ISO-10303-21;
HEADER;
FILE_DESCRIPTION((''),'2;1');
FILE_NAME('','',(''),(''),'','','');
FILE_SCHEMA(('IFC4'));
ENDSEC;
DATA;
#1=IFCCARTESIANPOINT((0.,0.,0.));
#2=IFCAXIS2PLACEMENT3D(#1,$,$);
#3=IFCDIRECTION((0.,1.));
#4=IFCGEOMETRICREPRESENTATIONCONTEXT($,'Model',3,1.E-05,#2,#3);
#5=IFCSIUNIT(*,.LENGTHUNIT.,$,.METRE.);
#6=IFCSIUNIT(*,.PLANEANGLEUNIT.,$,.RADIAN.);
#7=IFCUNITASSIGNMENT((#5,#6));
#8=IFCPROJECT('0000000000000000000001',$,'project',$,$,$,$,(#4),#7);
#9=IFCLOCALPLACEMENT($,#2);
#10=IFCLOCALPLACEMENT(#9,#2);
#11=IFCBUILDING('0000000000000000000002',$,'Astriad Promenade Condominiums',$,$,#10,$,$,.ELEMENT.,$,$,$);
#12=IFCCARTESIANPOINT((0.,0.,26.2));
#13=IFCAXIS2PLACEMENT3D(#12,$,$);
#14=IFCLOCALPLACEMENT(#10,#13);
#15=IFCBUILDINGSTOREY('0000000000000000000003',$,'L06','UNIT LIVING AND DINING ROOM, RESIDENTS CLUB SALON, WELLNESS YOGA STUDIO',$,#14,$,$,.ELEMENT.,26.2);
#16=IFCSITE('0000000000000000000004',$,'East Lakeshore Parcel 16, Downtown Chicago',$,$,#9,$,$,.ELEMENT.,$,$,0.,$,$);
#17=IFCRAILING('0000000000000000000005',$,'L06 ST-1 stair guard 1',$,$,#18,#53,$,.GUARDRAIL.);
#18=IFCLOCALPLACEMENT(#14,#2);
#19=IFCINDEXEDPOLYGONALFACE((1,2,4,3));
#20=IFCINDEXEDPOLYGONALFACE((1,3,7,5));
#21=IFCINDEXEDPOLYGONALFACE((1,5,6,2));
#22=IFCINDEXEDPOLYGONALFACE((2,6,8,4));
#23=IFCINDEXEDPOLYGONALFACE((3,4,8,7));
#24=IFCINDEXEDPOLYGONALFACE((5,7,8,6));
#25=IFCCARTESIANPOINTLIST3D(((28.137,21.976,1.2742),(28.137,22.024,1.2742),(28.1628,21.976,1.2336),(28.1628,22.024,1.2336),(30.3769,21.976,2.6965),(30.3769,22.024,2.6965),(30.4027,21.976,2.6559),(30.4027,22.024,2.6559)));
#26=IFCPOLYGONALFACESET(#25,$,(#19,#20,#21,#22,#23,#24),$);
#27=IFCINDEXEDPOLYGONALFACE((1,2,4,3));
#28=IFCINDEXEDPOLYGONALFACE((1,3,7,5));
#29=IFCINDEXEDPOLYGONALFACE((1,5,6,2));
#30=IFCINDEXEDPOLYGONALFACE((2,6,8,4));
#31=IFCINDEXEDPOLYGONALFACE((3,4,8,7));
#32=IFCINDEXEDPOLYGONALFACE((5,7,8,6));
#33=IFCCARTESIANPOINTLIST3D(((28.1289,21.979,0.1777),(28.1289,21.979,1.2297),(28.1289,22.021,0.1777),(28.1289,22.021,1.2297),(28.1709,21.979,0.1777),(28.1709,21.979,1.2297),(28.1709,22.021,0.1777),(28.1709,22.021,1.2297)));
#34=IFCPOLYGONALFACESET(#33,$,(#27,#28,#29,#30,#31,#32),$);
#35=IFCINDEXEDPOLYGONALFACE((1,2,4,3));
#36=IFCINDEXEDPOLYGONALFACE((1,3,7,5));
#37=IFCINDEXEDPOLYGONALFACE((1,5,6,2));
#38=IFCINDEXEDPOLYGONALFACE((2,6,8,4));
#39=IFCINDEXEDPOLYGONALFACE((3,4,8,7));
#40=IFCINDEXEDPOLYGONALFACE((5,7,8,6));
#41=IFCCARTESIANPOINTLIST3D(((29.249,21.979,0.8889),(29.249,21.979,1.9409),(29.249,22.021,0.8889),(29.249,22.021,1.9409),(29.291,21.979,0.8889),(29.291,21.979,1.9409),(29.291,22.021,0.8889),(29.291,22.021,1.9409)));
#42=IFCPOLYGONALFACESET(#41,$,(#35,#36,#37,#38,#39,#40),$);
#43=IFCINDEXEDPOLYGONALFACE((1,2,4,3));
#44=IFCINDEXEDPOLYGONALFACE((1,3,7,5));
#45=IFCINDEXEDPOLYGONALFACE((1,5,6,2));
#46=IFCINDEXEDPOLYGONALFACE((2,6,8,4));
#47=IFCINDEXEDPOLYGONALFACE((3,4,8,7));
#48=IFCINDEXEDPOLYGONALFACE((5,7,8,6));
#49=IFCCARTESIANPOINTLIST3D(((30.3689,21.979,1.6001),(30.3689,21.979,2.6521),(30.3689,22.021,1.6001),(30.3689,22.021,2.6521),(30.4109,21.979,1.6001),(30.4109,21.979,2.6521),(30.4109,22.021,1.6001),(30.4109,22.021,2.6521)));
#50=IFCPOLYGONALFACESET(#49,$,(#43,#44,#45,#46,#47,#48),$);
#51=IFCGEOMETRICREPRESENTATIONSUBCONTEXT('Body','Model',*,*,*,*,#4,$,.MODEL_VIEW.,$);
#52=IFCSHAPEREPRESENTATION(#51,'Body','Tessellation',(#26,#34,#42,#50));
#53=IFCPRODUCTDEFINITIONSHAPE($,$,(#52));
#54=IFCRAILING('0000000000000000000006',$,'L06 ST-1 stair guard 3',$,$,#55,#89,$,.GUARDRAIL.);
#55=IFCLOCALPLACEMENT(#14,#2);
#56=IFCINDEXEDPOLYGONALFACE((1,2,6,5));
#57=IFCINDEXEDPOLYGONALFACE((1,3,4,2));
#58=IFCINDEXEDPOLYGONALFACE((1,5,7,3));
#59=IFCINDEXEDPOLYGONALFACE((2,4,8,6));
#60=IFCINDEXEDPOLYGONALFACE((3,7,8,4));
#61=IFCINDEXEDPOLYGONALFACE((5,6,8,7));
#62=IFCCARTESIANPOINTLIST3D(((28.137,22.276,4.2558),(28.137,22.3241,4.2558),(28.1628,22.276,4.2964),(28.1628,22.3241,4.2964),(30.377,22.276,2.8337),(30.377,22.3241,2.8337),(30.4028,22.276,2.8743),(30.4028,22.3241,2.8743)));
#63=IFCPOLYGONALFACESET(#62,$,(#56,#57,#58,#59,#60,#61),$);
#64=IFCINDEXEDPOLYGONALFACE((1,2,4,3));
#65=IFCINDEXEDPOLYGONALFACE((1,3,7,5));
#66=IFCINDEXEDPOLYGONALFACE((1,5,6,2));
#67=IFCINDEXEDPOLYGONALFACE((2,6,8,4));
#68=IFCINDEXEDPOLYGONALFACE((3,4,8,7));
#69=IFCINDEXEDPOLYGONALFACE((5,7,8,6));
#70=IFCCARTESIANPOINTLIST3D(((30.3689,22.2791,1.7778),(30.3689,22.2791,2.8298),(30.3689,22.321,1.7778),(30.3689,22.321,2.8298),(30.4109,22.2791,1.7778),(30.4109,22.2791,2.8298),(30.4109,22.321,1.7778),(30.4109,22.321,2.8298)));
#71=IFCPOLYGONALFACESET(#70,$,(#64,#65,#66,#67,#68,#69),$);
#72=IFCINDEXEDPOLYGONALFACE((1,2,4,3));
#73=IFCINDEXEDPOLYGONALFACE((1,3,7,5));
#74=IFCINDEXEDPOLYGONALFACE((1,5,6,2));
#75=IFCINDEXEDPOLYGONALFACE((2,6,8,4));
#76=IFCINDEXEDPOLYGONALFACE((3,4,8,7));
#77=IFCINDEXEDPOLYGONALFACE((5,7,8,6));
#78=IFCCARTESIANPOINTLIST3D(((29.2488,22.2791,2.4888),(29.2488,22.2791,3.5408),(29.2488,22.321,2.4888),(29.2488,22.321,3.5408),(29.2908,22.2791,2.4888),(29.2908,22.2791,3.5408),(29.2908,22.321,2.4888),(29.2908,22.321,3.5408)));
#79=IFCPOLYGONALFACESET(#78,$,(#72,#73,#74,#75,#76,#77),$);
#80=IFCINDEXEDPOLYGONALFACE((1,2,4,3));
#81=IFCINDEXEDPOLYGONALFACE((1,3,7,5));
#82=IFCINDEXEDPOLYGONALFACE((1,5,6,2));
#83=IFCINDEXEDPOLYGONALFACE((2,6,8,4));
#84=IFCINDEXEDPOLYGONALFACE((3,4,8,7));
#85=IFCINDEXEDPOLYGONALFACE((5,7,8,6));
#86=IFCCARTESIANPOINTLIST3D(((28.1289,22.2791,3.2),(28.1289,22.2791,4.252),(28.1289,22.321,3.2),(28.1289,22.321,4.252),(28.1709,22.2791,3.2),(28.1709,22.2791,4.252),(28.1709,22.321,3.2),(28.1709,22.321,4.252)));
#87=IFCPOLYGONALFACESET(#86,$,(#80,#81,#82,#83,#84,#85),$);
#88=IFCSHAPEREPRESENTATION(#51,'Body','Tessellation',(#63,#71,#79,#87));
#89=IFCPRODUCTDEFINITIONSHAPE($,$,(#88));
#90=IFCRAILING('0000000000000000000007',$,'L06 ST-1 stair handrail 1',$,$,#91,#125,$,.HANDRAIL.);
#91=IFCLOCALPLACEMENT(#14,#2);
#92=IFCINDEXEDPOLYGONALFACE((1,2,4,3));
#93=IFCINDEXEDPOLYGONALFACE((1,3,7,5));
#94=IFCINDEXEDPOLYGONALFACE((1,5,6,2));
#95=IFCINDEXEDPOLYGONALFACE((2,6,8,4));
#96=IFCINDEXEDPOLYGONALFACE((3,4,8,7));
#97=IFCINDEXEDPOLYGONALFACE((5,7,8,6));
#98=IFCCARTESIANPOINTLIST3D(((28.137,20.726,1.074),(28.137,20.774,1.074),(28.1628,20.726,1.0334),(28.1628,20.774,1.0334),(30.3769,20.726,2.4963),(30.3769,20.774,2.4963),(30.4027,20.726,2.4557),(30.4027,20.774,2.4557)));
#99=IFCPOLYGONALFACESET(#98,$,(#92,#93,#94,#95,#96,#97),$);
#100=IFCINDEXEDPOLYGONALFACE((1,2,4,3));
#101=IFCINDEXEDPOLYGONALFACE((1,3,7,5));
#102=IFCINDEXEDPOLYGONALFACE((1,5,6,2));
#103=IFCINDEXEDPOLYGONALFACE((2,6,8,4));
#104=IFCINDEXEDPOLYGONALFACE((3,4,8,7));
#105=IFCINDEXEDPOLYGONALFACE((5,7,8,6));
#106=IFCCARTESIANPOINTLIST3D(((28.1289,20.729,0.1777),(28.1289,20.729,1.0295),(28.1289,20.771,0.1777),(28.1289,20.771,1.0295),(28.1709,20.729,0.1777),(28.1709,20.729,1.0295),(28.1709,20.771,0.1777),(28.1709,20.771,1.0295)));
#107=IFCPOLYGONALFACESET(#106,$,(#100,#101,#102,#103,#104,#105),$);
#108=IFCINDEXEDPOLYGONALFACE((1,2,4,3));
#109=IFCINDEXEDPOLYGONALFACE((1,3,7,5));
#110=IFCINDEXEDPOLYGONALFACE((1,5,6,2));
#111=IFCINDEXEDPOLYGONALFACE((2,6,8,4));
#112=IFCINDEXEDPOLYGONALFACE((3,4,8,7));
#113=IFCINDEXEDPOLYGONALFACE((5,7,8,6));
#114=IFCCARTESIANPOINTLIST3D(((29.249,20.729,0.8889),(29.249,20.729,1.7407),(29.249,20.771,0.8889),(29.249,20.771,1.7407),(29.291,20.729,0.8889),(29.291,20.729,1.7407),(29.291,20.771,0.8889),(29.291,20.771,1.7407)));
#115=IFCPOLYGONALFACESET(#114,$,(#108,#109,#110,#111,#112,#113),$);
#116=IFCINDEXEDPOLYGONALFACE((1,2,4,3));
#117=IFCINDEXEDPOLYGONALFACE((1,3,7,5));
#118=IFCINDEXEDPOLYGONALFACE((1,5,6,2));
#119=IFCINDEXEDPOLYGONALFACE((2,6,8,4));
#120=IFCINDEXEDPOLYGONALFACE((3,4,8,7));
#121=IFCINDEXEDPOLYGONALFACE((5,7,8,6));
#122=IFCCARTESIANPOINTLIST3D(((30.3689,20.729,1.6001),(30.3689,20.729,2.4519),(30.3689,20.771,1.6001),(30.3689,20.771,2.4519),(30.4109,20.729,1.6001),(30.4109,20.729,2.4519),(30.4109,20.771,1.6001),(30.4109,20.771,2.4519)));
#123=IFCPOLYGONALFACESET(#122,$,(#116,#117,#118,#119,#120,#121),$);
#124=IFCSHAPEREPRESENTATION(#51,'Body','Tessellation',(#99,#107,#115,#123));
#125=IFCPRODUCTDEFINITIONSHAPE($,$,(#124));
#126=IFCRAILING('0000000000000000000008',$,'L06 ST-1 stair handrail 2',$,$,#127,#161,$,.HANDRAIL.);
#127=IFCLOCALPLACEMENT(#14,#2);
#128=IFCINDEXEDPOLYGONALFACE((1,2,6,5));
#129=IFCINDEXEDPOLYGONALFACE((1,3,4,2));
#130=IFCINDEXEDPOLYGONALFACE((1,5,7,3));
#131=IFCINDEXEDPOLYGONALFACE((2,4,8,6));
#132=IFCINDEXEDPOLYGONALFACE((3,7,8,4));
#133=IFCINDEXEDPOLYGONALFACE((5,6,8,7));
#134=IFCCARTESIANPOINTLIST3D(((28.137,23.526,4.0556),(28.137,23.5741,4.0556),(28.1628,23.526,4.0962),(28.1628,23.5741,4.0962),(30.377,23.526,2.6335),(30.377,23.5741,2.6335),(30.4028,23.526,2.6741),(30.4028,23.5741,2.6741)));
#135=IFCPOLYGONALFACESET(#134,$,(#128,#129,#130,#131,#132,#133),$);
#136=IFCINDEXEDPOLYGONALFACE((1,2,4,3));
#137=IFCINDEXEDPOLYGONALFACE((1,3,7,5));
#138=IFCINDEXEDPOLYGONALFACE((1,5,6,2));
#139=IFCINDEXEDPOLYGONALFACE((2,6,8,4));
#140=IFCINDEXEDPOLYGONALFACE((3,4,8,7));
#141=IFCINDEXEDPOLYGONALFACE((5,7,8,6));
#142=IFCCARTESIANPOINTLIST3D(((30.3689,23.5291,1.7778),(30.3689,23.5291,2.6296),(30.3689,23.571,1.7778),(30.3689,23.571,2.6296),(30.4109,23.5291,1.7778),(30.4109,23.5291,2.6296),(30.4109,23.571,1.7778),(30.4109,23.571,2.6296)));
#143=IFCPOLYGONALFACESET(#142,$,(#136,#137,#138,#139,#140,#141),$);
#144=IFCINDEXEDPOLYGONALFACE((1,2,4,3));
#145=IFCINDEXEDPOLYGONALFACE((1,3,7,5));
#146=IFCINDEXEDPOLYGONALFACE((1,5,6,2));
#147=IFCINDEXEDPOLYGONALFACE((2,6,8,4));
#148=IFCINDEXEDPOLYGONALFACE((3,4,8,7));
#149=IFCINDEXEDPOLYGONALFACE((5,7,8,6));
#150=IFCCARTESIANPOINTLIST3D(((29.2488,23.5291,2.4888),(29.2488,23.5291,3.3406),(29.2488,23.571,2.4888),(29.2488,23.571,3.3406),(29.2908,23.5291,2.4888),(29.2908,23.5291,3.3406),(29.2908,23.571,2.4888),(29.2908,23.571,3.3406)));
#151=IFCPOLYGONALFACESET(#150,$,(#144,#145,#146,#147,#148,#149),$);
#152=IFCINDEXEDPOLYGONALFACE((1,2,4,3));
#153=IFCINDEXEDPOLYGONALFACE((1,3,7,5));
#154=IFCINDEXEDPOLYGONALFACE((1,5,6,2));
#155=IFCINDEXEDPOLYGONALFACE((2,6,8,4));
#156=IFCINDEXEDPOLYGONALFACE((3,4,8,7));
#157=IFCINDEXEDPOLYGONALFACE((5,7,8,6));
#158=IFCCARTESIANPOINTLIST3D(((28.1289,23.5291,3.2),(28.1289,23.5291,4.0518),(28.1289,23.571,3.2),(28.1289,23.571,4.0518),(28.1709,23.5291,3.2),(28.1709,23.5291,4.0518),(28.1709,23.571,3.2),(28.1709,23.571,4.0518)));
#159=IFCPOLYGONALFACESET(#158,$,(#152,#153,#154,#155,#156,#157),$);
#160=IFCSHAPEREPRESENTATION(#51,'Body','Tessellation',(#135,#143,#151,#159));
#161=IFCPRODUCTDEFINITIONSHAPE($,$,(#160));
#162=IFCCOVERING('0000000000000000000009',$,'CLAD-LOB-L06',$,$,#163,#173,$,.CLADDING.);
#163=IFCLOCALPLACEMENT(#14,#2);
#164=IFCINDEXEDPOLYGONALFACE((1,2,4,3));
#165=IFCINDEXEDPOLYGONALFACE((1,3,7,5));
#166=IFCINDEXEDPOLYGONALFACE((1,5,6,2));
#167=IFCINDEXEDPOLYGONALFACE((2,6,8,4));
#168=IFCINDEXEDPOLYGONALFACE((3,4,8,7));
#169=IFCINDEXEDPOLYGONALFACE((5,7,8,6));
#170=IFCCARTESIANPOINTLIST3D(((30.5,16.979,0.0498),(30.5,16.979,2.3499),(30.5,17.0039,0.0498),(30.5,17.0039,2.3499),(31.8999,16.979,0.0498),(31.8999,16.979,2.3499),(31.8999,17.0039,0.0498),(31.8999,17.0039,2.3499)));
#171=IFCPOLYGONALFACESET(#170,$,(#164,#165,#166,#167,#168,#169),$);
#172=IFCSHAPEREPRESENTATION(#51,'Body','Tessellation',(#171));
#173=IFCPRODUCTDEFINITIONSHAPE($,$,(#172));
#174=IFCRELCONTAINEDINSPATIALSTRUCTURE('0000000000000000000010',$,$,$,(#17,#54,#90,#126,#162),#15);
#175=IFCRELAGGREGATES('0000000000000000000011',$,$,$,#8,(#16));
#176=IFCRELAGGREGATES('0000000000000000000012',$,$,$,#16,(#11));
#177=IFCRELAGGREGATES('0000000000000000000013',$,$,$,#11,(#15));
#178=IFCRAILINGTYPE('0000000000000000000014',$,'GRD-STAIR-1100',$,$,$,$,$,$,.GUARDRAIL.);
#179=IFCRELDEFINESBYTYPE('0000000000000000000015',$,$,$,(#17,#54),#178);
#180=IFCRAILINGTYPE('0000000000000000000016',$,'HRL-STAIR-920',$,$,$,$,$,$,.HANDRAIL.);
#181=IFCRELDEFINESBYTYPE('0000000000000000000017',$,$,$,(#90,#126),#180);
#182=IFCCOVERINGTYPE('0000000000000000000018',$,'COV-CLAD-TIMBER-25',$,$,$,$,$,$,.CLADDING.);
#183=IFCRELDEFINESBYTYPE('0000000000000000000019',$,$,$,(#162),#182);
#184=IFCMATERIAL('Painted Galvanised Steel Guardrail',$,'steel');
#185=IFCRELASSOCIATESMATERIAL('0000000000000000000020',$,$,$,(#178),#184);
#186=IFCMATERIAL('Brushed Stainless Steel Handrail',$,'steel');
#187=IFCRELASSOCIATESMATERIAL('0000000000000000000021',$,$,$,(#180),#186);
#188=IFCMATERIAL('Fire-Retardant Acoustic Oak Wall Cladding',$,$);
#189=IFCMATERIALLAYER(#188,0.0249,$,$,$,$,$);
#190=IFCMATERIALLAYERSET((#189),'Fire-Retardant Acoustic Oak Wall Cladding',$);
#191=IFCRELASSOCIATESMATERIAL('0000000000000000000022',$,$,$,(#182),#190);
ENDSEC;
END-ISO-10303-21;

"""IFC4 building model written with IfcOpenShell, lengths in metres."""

from ifc_helpers import new_model, si_unit, direction, frame, origin, origin_2d, place, context, subcontext, project, spatial, rectangle, extrude, source, transform, mapped, material, layer, layer_set, type_object, type_shapes, element, save


model = new_model("IFC4")

# Units and contexts
model_context = context("Model", 3, precision=1e-05, world=origin(), true_north=direction((0.0, 1.0)))
body_context = subcontext(model_context, "Body", "Model", "MODEL_VIEW")
ifc_project = project(units=[si_unit("LENGTHUNIT", "METRE"), si_unit("PLANEANGLEUNIT", "RADIAN")], contexts=[model_context])

# Site, building, storey
site_placement = place(None, origin())
site = spatial("IfcSite", under=ifc_project, at=site_placement, Name="East Lakeshore Parcel 16, Downtown Chicago", CompositionType="ELEMENT", RefElevation=0.0)
building_placement = place(site_placement, origin())
building = spatial("IfcBuilding", under=site, at=building_placement, Name="Astriad Promenade Condominiums", CompositionType="ELEMENT")
storey_placement = place(building_placement, frame((0.0, 0.0, 26.2)))
storey = spatial("IfcBuildingStorey", under=building, at=storey_placement, Name="L06", Description="UNIT LIVING AND DINING ROOM, RESIDENTS CLUB SALON, WELLNESS YOGA STUDIO", CompositionType="ELEMENT", Elevation=26.2)

# Railings
ifc_material_1 = material(Name="Painted Galvanised Steel Guardrail", Category="steel")
railing_type_1 = type_object("IfcRailingType", Name="GRD-STAIR-1100", PredefinedType="GUARDRAIL", material=ifc_material_1)
shared_shape_1 = source(origin(), body_context, "Body", "SweptSolid", [
    extrude(rectangle(XDim=0.0481, YDim=0.0481, at=origin_2d()), frame((0.0, 0.0, 1.0762), z_axis=(0.844188, 0.0, 0.536048), x_axis=(0.0, 1.0, 0.0)), (0.0, 0.0, 1.0), 2.6533),
    extrude(rectangle(XDim=0.042, YDim=0.042, at=origin_2d()), origin(), (0.0, 0.0, 1.0), 1.052),
    extrude(rectangle(XDim=0.042, YDim=0.042, at=origin_2d()), frame((1.1201, 0.0, 0.7112)), (0.0, 0.0, 1.0), 1.052),
    extrude(rectangle(XDim=0.042, YDim=0.042, at=origin_2d()), frame((2.24, 0.0, 1.4224)), (0.0, 0.0, 1.0), 1.052),
])
railing_1_placement = place(storey_placement, frame((28.1499, 22.0, 0.1777)))
element("IfcRailing", 1, at=railing_1_placement, inside=storey, type_object=railing_type_1, Name="L06 ST-1 stair guard 1", PredefinedType="GUARDRAIL", context=body_context, shape_type="MappedRepresentation", body=[
    mapped(shared_shape_1, transform((0.0, 0.0, 0.0), scale=1.0)),
])
shared_shape_2 = source(origin(), body_context, "Body", "SweptSolid", [
    extrude(rectangle(XDim=0.0481, YDim=0.0481, at=origin_2d()), frame((0.0, 0.0, 1.0762), z_axis=(-0.844229, 0.0, 0.535982), x_axis=(0.0, -1.0, 0.0)), (0.0, 0.0, 1.0), 2.6533),
    extrude(rectangle(XDim=0.042, YDim=0.042, at=origin_2d()), origin(), (0.0, 0.0, 1.0), 1.052),
    extrude(rectangle(XDim=0.042, YDim=0.042, at=origin_2d()), frame((-1.1201, 0.0, 0.7109)), (0.0, 0.0, 1.0), 1.052),
    extrude(rectangle(XDim=0.042, YDim=0.042, at=origin_2d()), frame((-2.24, 0.0, 1.4221)), (0.0, 0.0, 1.0), 1.052),
])
railing_2_placement = place(storey_placement, frame((30.3899, 22.3, 1.7778)))
element("IfcRailing", 2, at=railing_2_placement, inside=storey, type_object=railing_type_1, Name="L06 ST-1 stair guard 3", PredefinedType="GUARDRAIL", context=body_context, shape_type="MappedRepresentation", body=[
    mapped(shared_shape_2, transform((0.0, 0.0, 0.0), scale=1.0)),
])
ifc_material_2 = material(Name="Brushed Stainless Steel Handrail", Category="steel")
railing_type_2 = type_object("IfcRailingType", Name="HRL-STAIR-920", PredefinedType="HANDRAIL", material=ifc_material_2)
shared_shape_3 = source(origin(), body_context, "Body", "SweptSolid", [
    extrude(rectangle(XDim=0.0481, YDim=0.0481, at=origin_2d()), frame((0.0, 0.0, 0.876), z_axis=(0.844188, 0.0, 0.536048), x_axis=(0.0, 1.0, 0.0)), (0.0, 0.0, 1.0), 2.6533),
    extrude(rectangle(XDim=0.042, YDim=0.042, at=origin_2d()), origin(), (0.0, 0.0, 1.0), 0.8518),
    extrude(rectangle(XDim=0.042, YDim=0.042, at=origin_2d()), frame((1.1201, 0.0, 0.7112)), (0.0, 0.0, 1.0), 0.8518),
    extrude(rectangle(XDim=0.042, YDim=0.042, at=origin_2d()), frame((2.24, 0.0, 1.4224)), (0.0, 0.0, 1.0), 0.8518),
])
railing_3_placement = place(storey_placement, frame((28.1499, 20.75, 0.1777)))
element("IfcRailing", 3, at=railing_3_placement, inside=storey, type_object=railing_type_2, Name="L06 ST-1 stair handrail 1", PredefinedType="HANDRAIL", context=body_context, shape_type="MappedRepresentation", body=[
    mapped(shared_shape_3, transform((0.0, 0.0, 0.0), scale=1.0)),
])
shared_shape_4 = source(origin(), body_context, "Body", "SweptSolid", [
    extrude(rectangle(XDim=0.0481, YDim=0.0481, at=origin_2d()), frame((0.0, 0.0, 0.876), z_axis=(-0.844229, 0.0, 0.535982), x_axis=(0.0, -1.0, 0.0)), (0.0, 0.0, 1.0), 2.6533),
    extrude(rectangle(XDim=0.042, YDim=0.042, at=origin_2d()), origin(), (0.0, 0.0, 1.0), 0.8518),
    extrude(rectangle(XDim=0.042, YDim=0.042, at=origin_2d()), frame((-1.1201, 0.0, 0.7109)), (0.0, 0.0, 1.0), 0.8518),
    extrude(rectangle(XDim=0.042, YDim=0.042, at=origin_2d()), frame((-2.24, 0.0, 1.4221)), (0.0, 0.0, 1.0), 0.8518),
])
type_shapes(railing_type_2, [shared_shape_3, shared_shape_4])
railing_4_placement = place(storey_placement, frame((30.3899, 23.55, 1.7778)))
element("IfcRailing", 4, at=railing_4_placement, inside=storey, type_object=railing_type_2, Name="L06 ST-1 stair handrail 2", PredefinedType="HANDRAIL", context=body_context, shape_type="MappedRepresentation", body=[
    mapped(shared_shape_4, transform((0.0, 0.0, 0.0), scale=1.0)),
])

# Covering
ifc_material_3 = material(Name="Fire-Retardant Acoustic Oak Wall Cladding")
ifc_layer_1 = layer(ifc_material_3, 0.0249)
ifc_layer_set_1 = layer_set([ifc_layer_1], Name="Fire-Retardant Acoustic Oak Wall Cladding")
covering_type = type_object("IfcCoveringType", Name="COV-CLAD-TIMBER-25", PredefinedType="CLADDING", material=ifc_layer_set_1)
shared_shape_5 = source(origin(), body_context, "Body", "SweptSolid", [
    extrude(rectangle(XDim=1.3999, YDim=0.0249, at=origin_2d()), origin(), (0.0, 0.0, 1.0), 2.3),
])
type_shapes(covering_type, [shared_shape_5])
covering_placement = place(storey_placement, frame((31.2, 16.9915, 0.0498), z_axis=(0.0, 0.0, 1.0), x_axis=(1.0, 0.0, 0.0)))
element("IfcCovering", 5, at=covering_placement, inside=storey, type_object=covering_type, Name="CLAD-LOB-L06", PredefinedType="CLADDING", context=body_context, shape_type="MappedRepresentation", body=[
    mapped(shared_shape_5, transform((0.0, 0.0, 0.0), scale=1.0)),
])

save(model, "model.ifc")
